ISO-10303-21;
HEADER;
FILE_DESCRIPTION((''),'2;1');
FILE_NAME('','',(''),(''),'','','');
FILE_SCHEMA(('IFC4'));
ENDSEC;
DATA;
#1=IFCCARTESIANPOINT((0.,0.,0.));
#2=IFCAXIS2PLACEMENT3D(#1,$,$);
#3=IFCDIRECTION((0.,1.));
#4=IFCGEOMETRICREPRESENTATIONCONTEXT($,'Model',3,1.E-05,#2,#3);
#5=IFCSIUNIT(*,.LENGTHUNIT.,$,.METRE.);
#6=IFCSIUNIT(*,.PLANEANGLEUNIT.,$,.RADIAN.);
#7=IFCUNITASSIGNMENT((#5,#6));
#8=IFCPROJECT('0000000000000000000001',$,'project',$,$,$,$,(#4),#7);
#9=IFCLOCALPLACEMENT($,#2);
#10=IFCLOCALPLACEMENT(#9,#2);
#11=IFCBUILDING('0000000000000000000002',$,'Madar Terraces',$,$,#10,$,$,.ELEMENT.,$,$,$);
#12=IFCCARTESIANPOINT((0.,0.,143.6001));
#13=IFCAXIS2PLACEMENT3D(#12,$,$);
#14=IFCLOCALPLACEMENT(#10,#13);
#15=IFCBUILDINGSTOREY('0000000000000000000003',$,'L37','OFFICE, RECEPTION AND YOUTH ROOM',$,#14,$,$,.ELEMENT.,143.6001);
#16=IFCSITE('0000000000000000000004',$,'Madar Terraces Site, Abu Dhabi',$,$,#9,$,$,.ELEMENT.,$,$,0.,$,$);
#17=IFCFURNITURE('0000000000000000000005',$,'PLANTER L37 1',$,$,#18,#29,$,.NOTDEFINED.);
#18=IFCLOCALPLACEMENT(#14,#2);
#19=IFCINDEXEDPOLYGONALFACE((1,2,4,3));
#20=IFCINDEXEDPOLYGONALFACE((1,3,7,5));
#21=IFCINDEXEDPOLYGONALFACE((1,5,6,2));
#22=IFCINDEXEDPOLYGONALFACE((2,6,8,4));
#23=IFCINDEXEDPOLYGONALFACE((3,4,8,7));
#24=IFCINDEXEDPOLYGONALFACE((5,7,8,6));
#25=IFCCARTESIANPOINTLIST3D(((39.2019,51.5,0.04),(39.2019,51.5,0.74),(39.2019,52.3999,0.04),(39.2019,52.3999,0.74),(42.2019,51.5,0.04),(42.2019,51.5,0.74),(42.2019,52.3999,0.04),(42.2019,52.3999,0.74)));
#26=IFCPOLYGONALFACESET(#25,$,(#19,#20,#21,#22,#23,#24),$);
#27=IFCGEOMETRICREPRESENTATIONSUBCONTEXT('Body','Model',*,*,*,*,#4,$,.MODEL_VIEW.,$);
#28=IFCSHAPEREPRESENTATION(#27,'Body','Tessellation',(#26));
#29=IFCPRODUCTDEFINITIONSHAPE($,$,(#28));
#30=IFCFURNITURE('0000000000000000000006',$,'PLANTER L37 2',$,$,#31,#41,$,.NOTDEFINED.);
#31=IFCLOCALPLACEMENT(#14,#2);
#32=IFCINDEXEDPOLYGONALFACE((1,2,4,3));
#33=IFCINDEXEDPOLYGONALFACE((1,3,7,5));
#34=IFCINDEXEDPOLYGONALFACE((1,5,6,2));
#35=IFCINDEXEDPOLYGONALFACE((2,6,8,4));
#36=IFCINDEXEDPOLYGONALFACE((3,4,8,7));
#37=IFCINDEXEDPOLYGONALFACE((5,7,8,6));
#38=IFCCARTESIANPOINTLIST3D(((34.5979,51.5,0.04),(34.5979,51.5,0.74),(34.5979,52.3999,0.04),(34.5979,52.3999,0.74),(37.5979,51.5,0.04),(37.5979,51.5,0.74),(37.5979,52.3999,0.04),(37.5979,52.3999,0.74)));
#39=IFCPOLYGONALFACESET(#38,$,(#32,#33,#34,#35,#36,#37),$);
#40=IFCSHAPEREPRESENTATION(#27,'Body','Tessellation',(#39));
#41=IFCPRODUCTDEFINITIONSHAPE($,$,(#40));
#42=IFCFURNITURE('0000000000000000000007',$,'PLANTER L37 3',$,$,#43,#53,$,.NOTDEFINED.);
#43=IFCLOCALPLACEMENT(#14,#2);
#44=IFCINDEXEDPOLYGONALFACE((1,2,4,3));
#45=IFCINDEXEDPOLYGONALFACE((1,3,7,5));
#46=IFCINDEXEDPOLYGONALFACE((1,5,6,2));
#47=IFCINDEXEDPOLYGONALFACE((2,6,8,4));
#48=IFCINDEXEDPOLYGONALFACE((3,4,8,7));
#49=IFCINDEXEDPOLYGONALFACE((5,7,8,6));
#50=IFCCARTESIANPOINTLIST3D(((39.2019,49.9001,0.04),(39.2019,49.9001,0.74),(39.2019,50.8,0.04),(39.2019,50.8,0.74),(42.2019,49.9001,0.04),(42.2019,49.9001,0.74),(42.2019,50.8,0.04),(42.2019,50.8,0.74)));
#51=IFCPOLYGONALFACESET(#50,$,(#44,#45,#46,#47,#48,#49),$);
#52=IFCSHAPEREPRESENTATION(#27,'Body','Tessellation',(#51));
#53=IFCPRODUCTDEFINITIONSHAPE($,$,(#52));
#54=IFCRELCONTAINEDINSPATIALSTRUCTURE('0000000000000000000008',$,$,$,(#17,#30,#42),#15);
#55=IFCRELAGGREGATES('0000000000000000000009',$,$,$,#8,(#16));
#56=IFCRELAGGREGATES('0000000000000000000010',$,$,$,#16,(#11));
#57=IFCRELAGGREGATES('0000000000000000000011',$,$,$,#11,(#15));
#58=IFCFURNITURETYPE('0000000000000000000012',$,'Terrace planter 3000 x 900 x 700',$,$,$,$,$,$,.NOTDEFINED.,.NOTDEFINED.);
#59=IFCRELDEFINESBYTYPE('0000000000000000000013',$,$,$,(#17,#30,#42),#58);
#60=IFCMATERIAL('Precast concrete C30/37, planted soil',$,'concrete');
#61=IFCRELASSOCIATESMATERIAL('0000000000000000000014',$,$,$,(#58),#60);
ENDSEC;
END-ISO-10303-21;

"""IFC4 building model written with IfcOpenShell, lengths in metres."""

from ifc_helpers import new_model, si_unit, direction, frame, origin, origin_2d, place, context, subcontext, project, spatial, rectangle, extrude, material, type_object, element, save


model = new_model("IFC4")

# Units and contexts
model_context = context("Model", 3, precision=1e-05, world=origin(), true_north=direction((0.0, 1.0)))
body_context = subcontext(model_context, "Body", "Model", "MODEL_VIEW")
ifc_project = project(units=[si_unit("LENGTHUNIT", "METRE"), si_unit("PLANEANGLEUNIT", "RADIAN")], contexts=[model_context])

# Site, building, storey
site_placement = place(None, origin())
site = spatial("IfcSite", under=ifc_project, at=site_placement, Name="Madar Terraces Site, Abu Dhabi", CompositionType="ELEMENT", RefElevation=0.0)
building_placement = place(site_placement, origin())
building = spatial("IfcBuilding", under=site, at=building_placement, Name="Madar Terraces", CompositionType="ELEMENT")
storey_placement = place(building_placement, frame((0.0, 0.0, 143.6001)))
storey = spatial("IfcBuildingStorey", under=building, at=storey_placement, Name="L37", Description="OFFICE, RECEPTION AND YOUTH ROOM", CompositionType="ELEMENT", Elevation=143.6001)

# Furniture
ifc_material_1 = material(Name="Precast concrete C30/37, planted soil", Category="concrete")
furniture_type = type_object("IfcFurnitureType", Name="Terrace planter 3000 x 900 x 700", AssemblyPlace="NOTDEFINED", PredefinedType="NOTDEFINED", material=ifc_material_1)
for number, where, z_axis, x_axis, name in (
    (1, (40.7019, 51.95, 0.04), (0.0, 0.0, 1.0), (-1.0, 0.0, 0.0), "PLANTER L37 1"),
    (2, (36.0979, 51.95, 0.04), (0.0, 0.0, 1.0), (-1.0, 0.0, 0.0), "PLANTER L37 2"),
    (3, (40.7019, 50.3501, 0.04), (0.0, 0.0, 1.0), (-1.0, 0.0, 0.0), "PLANTER L37 3"),
):
    element("IfcFurniture", number, at=place(storey_placement, frame(where, z_axis=z_axis, x_axis=x_axis)), inside=storey, type_object=furniture_type, Name=name, PredefinedType="NOTDEFINED", context=body_context, shape_type="SweptSolid", body=[
        extrude(rectangle(XDim=3.0, YDim=0.8999, at=origin_2d()), origin(), (0.0, 0.0, 1.0), 0.7),
    ])

save(model, "model.ifc")
